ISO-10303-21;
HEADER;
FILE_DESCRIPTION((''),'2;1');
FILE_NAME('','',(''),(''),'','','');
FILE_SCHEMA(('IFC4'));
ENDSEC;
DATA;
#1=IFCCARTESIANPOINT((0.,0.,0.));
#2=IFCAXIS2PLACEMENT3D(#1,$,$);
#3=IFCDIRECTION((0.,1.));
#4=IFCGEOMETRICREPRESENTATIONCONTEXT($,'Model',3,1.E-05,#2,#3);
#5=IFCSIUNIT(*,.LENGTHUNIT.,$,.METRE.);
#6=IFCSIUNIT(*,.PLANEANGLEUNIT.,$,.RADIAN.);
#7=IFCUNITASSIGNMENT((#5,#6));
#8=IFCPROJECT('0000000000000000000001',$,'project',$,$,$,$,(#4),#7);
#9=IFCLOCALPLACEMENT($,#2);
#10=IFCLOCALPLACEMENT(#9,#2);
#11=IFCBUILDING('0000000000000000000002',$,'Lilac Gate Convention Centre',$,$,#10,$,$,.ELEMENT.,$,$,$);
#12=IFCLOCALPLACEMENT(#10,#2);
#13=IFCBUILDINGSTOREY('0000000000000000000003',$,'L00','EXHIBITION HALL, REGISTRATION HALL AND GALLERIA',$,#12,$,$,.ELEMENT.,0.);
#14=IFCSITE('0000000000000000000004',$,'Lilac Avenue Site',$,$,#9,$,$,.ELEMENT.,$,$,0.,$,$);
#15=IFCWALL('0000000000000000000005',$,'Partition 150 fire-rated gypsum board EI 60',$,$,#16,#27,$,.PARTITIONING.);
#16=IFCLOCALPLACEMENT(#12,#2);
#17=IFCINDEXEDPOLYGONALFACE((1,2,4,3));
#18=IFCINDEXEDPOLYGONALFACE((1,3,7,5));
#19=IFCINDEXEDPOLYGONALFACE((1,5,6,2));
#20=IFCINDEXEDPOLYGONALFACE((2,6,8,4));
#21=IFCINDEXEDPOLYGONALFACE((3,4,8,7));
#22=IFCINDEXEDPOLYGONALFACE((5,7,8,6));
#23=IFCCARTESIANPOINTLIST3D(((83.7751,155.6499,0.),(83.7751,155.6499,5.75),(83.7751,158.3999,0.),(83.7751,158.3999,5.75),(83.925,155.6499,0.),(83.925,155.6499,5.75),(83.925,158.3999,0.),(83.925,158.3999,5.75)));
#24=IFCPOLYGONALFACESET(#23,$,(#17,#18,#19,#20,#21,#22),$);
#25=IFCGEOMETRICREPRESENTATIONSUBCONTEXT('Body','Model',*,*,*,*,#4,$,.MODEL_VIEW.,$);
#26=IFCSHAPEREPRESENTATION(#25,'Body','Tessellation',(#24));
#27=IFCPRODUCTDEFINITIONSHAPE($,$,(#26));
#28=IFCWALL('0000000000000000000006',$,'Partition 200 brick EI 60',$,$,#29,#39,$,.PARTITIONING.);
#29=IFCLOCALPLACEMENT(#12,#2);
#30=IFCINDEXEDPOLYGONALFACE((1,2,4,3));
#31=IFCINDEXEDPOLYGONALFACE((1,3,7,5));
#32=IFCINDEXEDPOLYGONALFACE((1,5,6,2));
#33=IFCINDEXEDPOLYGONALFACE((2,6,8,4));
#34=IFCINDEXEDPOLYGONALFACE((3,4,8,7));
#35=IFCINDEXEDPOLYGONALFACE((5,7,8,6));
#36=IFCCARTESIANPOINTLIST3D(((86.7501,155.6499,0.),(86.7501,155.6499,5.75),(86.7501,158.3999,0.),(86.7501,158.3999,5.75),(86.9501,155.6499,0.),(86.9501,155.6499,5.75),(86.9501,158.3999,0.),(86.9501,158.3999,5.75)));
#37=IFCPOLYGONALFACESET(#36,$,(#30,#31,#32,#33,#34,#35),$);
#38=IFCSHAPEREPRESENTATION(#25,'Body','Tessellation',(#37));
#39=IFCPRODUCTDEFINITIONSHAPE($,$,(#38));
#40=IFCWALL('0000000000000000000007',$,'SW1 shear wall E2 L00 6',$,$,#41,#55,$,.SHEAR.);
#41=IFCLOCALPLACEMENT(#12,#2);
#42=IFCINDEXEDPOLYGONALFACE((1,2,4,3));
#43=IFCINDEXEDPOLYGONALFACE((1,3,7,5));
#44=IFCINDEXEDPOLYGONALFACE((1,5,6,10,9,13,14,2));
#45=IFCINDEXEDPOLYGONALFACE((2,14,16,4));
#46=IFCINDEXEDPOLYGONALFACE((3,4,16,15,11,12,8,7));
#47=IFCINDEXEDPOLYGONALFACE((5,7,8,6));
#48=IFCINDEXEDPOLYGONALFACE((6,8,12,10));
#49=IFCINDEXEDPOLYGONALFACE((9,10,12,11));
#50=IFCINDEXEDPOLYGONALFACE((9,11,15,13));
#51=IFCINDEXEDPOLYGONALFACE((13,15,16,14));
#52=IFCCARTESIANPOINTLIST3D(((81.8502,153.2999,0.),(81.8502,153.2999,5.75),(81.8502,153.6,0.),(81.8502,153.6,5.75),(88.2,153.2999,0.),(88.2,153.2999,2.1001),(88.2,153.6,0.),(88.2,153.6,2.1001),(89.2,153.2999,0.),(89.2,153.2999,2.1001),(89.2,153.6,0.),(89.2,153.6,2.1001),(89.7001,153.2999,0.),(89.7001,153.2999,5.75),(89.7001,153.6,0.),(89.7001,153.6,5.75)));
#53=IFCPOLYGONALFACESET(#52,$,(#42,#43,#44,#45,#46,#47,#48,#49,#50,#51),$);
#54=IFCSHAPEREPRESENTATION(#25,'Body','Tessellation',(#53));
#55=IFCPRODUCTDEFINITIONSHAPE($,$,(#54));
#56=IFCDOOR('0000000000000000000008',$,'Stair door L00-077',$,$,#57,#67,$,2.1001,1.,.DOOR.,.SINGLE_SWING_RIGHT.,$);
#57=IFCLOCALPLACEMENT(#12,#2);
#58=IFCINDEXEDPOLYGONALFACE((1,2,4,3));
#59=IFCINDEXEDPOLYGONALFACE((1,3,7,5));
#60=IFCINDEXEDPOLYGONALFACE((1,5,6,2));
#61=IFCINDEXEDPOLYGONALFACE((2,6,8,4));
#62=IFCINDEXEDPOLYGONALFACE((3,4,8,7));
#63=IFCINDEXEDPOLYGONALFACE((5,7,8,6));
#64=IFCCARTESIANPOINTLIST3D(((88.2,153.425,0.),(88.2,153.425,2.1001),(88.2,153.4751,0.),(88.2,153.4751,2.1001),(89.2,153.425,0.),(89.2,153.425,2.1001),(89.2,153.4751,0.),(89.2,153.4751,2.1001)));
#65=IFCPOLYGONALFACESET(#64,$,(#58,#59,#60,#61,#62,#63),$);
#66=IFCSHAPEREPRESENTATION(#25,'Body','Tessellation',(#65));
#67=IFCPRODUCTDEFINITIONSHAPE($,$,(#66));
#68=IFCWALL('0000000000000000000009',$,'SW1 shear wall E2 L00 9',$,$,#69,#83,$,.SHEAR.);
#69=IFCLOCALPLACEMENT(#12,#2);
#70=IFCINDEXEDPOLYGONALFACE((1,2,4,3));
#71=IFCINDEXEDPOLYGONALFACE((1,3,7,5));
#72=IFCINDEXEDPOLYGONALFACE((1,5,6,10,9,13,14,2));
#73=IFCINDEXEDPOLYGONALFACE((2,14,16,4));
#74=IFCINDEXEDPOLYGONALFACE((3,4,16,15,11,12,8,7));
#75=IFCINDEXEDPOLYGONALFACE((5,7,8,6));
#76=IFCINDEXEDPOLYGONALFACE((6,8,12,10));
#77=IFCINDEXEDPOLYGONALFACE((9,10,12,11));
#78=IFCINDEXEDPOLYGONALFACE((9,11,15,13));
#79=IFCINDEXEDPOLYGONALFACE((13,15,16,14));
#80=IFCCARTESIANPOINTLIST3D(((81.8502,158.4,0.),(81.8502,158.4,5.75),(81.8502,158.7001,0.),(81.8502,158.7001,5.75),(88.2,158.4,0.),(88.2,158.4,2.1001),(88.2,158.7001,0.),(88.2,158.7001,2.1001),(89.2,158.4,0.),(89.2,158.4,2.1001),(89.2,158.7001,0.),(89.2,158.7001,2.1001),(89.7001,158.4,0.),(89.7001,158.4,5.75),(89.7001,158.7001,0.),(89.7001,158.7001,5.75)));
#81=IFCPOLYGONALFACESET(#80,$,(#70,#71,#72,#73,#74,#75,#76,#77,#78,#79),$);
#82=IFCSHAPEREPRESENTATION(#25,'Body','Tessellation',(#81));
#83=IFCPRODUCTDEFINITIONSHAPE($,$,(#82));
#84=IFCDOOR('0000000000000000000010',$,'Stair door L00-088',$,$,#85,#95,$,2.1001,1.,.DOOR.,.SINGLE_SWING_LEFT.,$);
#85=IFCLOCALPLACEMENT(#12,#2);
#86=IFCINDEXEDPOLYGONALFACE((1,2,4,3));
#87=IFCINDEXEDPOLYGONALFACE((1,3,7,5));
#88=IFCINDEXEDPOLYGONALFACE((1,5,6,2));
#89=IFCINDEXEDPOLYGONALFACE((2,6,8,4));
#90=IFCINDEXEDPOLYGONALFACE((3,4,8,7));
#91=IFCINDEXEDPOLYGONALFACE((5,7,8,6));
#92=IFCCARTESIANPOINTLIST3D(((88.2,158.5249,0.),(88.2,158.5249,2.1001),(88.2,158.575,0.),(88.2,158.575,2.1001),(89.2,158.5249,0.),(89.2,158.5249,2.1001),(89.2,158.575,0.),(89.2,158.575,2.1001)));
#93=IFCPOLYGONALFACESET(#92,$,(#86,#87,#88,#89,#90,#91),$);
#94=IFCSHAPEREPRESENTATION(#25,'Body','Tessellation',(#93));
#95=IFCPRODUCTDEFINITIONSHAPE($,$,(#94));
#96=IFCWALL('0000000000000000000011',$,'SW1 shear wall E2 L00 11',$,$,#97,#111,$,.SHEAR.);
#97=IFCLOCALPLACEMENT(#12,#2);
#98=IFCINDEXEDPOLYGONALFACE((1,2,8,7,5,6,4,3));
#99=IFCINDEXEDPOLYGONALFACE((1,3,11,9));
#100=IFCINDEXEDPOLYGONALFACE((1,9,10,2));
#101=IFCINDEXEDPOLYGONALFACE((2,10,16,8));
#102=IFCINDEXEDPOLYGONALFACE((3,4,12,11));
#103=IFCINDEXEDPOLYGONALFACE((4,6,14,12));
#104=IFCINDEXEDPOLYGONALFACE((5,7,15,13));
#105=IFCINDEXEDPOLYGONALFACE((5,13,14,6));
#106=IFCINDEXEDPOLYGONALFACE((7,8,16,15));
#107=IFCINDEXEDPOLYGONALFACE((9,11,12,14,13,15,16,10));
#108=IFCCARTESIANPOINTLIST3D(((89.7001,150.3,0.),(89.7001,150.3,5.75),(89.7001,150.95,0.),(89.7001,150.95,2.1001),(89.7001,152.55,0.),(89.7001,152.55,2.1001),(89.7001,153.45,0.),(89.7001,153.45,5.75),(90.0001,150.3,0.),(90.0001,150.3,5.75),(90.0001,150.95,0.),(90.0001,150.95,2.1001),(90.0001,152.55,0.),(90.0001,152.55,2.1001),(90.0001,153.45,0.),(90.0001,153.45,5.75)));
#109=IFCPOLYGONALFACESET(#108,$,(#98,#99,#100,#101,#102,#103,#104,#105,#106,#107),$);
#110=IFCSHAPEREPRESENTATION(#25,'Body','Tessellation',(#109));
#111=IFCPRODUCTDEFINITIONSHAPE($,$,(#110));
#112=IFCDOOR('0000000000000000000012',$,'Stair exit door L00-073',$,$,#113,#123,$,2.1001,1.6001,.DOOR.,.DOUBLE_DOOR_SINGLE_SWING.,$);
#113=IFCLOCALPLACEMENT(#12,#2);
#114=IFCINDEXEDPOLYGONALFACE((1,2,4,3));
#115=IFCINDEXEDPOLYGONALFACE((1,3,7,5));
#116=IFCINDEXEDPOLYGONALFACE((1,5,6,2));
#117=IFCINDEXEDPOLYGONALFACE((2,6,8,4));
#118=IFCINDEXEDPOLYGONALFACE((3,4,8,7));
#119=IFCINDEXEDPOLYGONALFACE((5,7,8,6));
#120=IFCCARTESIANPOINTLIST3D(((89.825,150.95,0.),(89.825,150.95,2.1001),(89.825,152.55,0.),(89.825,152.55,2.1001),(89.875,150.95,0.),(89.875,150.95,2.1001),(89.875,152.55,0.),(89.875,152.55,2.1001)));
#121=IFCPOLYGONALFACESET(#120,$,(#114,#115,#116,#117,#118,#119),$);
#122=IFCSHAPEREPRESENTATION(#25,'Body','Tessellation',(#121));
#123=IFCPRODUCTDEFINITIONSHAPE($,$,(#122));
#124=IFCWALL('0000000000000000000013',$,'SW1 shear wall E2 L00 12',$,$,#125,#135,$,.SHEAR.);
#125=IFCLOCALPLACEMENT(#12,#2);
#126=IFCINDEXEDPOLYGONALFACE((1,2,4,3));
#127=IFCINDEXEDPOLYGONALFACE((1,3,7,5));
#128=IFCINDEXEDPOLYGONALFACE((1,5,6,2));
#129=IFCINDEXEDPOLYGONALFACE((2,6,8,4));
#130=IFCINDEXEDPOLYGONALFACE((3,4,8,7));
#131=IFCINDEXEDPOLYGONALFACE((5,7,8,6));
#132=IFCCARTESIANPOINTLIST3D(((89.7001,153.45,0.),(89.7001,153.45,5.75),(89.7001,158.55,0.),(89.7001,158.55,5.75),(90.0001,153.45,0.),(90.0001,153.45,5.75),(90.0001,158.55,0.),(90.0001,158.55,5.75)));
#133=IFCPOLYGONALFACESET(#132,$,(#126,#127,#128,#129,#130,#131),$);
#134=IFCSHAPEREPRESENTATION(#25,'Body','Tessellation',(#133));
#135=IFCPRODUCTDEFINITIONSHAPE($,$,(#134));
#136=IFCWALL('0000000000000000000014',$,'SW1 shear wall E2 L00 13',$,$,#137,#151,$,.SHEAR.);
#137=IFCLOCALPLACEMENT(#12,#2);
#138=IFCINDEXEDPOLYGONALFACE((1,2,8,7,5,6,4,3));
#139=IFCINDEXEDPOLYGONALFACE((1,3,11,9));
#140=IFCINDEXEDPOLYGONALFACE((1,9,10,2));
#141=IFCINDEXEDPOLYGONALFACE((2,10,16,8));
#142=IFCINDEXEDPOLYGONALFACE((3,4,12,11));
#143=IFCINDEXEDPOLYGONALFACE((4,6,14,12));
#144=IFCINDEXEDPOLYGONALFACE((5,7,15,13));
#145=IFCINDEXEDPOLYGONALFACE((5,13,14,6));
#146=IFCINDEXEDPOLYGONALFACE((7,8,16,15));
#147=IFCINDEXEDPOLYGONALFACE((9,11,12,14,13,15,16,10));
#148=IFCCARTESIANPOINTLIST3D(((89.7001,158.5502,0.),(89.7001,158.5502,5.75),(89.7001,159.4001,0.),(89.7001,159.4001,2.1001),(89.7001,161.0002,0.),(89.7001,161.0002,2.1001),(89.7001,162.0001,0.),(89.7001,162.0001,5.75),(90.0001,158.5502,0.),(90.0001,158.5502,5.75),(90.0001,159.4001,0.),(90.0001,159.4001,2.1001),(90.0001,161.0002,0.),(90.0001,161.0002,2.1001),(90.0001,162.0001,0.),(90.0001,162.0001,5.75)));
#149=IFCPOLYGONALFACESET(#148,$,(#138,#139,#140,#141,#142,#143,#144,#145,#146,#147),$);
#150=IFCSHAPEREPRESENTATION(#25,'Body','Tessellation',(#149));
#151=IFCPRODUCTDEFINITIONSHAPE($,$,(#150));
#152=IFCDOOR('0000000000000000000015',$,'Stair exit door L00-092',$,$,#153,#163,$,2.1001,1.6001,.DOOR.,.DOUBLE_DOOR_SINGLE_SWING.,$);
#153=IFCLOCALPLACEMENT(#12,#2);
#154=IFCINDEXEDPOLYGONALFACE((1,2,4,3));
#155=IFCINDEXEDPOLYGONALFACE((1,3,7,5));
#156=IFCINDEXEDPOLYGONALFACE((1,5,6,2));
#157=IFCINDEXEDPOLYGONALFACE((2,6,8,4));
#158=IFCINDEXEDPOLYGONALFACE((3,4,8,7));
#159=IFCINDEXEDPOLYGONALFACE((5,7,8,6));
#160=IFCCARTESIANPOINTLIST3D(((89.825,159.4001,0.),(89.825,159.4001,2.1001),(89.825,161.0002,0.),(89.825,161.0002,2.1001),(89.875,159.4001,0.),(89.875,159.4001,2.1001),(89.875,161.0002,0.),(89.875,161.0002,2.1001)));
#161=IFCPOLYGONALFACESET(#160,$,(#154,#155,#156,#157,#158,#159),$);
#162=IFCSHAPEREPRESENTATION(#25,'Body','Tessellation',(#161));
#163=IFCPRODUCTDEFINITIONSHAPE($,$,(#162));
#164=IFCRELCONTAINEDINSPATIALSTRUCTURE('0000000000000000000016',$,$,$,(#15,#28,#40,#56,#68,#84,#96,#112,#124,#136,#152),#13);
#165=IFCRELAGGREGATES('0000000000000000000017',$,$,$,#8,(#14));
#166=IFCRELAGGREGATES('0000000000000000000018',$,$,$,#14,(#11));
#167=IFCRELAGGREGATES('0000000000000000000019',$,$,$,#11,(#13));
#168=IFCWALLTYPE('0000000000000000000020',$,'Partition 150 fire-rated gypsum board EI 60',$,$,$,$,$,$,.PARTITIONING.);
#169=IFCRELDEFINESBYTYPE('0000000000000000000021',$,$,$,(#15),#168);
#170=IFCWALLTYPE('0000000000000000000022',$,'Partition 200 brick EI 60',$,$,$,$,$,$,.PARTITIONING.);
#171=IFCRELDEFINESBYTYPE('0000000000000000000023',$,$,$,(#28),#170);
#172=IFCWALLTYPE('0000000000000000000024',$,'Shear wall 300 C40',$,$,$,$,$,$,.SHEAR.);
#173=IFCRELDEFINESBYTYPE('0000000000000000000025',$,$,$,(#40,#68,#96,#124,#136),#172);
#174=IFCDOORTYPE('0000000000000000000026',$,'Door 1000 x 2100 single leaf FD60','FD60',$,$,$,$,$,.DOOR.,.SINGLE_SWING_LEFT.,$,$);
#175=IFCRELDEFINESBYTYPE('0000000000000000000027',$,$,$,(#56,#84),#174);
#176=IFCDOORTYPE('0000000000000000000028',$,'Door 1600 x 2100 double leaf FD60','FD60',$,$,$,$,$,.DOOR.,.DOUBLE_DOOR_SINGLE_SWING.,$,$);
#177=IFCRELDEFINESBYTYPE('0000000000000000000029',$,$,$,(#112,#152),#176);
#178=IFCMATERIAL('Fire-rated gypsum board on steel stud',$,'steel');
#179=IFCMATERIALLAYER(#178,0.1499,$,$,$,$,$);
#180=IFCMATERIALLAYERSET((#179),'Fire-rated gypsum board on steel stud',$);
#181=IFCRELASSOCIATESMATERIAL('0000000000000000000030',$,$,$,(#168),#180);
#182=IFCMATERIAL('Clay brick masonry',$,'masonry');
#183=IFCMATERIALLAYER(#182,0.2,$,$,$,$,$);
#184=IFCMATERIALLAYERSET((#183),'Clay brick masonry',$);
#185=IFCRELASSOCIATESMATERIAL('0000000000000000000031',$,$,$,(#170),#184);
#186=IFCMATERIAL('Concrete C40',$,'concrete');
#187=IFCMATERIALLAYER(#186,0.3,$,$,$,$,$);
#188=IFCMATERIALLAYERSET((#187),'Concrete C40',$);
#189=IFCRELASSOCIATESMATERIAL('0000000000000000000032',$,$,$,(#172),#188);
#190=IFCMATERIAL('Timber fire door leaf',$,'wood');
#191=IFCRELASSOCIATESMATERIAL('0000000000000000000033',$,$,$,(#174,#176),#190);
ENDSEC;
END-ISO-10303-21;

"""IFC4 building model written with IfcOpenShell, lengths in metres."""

from ifc_helpers import new_model, si_unit, direction, frame, frame_2d, origin, place, context, subcontext, project, spatial, rectangle, extrude, material, layer, layer_set, type_object, element, fill, save


model = new_model("IFC4")

# Units and contexts
model_context = context("Model", 3, precision=1e-05, world=origin(), true_north=direction((0.0, 1.0)))
body_context = subcontext(model_context, "Body", "Model", "MODEL_VIEW")
ifc_project = project(units=[si_unit("LENGTHUNIT", "METRE"), si_unit("PLANEANGLEUNIT", "RADIAN")], contexts=[model_context])

# Site, building, storey
site_placement = place(None, origin())
site = spatial("IfcSite", under=ifc_project, at=site_placement, Name="Lilac Avenue Site", CompositionType="ELEMENT", RefElevation=0.0)
building_placement = place(site_placement, origin())
building = spatial("IfcBuilding", under=site, at=building_placement, Name="Lilac Gate Convention Centre", CompositionType="ELEMENT")
storey_placement = place(building_placement, origin())
storey = spatial("IfcBuildingStorey", under=building, at=storey_placement, Name="L00", Description="EXHIBITION HALL, REGISTRATION HALL AND GALLERIA", CompositionType="ELEMENT", Elevation=0.0)

# Walls
ifc_material_1 = material(Name="Fire-rated gypsum board on steel stud", Category="steel")
ifc_layer_1 = layer(ifc_material_1, 0.1499)
ifc_layer_set_1 = layer_set([ifc_layer_1], Name="Fire-rated gypsum board on steel stud")
wall_type_1 = type_object("IfcWallType", Name="Partition 150 fire-rated gypsum board EI 60", PredefinedType="PARTITIONING", material=ifc_layer_set_1)
wall_1_placement = place(storey_placement, frame((83.8501, 155.6499, 0.0), z_axis=(0.0, 0.0, 1.0), x_axis=(0.0, 1.0, 0.0)))
element("IfcWall", 1, at=wall_1_placement, inside=storey, type_object=wall_type_1, Name="Partition 150 fire-rated gypsum board EI 60", PredefinedType="PARTITIONING", context=body_context, shape_type="SweptSolid", body=[
    extrude(rectangle(XDim=2.75, YDim=0.1499, at=frame_2d((1.375, 0.0))), origin(), (0.0, 0.0, 1.0), 5.75),
])
ifc_material_2 = material(Name="Clay brick masonry", Category="masonry")
ifc_layer_2 = layer(ifc_material_2, 0.2)
ifc_layer_set_2 = layer_set([ifc_layer_2], Name="Clay brick masonry")
wall_type_2 = type_object("IfcWallType", Name="Partition 200 brick EI 60", PredefinedType="PARTITIONING", material=ifc_layer_set_2)
wall_2_placement = place(storey_placement, frame((86.8501, 155.6499, 0.0), z_axis=(0.0, 0.0, 1.0), x_axis=(0.0, 1.0, 0.0)))
element("IfcWall", 2, at=wall_2_placement, inside=storey, type_object=wall_type_2, Name="Partition 200 brick EI 60", PredefinedType="PARTITIONING", context=body_context, shape_type="SweptSolid", body=[
    extrude(rectangle(XDim=2.75, YDim=0.2, at=frame_2d((1.375, 0.0))), origin(), (0.0, 0.0, 1.0), 5.75),
])

# Walls, openings, doors
ifc_material_3 = material(Name="Concrete C40", Category="concrete")
ifc_layer_3 = layer(ifc_material_3, 0.3)
ifc_layer_set_3 = layer_set([ifc_layer_3], Name="Concrete C40")
wall_type_3 = type_object("IfcWallType", Name="Shear wall 300 C40", PredefinedType="SHEAR", material=ifc_layer_set_3)
wall_3_placement = place(storey_placement, frame((89.7, 153.45, 0.0), z_axis=(0.0, 0.0, 1.0), x_axis=(-1.0, 0.0, 0.0)))
wall_3 = element("IfcWall", 3, at=wall_3_placement, inside=storey, type_object=wall_type_3, Name="SW1 shear wall E2 L00 6", PredefinedType="SHEAR", context=body_context, shape_type="SweptSolid", body=[
    extrude(rectangle(XDim=7.8499, YDim=0.3, at=frame_2d((3.9248, 0.0))), origin(), (0.0, 0.0, 1.0), 5.75),
])
opening_1_placement = place(wall_3_placement, frame((0.5, 0.0, 0.0)))
opening_1 = element("IfcOpeningElement", 4, at=opening_1_placement, cuts=wall_3, PredefinedType="OPENING", context=body_context, shape_type="SweptSolid", body=[
    extrude(rectangle(XDim=1.0, YDim=2.1001, at=frame_2d((0.5, 1.05))), frame((0.0, 0.1599, 0.0), z_axis=(0.0, -1.0, 0.0), x_axis=(1.0, 0.0, 0.0)), (0.0, 0.0, 1.0), 0.3201),
])
ifc_material_4 = material(Name="Timber fire door leaf", Category="wood")
door_type_1 = type_object("IfcDoorType", Name="Door 1000 x 2100 single leaf FD60", Description="FD60", OperationType="SINGLE_SWING_LEFT", PredefinedType="DOOR", material=ifc_material_4)
door_1_placement = place(opening_1_placement, origin())
door_1 = element("IfcDoor", 5, at=door_1_placement, inside=storey, type_object=door_type_1, Name="Stair door L00-077", OperationType="SINGLE_SWING_RIGHT", OverallHeight=2.1001, OverallWidth=1.0, PredefinedType="DOOR", context=body_context, shape_type="SweptSolid", body=[
    extrude(rectangle(XDim=1.0, YDim=2.1001, at=frame_2d((0.5, 1.05))), frame((0.0, 0.0249, 0.0), z_axis=(0.0, -1.0, 0.0), x_axis=(1.0, 0.0, 0.0)), (0.0, 0.0, 1.0), 0.05),
])
fill(opening_1, door_1)
wall_4_placement = place(storey_placement, frame((89.7, 158.55, 0.0), z_axis=(0.0, 0.0, 1.0), x_axis=(-1.0, 0.0, 0.0)))
wall_4 = element("IfcWall", 6, at=wall_4_placement, inside=storey, type_object=wall_type_3, Name="SW1 shear wall E2 L00 9", PredefinedType="SHEAR", context=body_context, shape_type="SweptSolid", body=[
    extrude(rectangle(XDim=7.8499, YDim=0.3, at=frame_2d((3.9248, 0.0))), origin(), (0.0, 0.0, 1.0), 5.75),
])
opening_2_placement = place(wall_4_placement, frame((0.5, 0.0, 0.0)))
opening_2 = element("IfcOpeningElement", 7, at=opening_2_placement, cuts=wall_4, PredefinedType="OPENING", context=body_context, shape_type="SweptSolid", body=[
    extrude(rectangle(XDim=1.0, YDim=2.1001, at=frame_2d((0.5, 1.05))), frame((0.0, 0.1599, 0.0), z_axis=(0.0, -1.0, 0.0), x_axis=(1.0, 0.0, 0.0)), (0.0, 0.0, 1.0), 0.3201),
])
door_2_placement = place(opening_2_placement, frame((1.0, 0.0, 0.0), z_axis=(0.0, 0.0, 1.0), x_axis=(-1.0, 0.0, 0.0)))
door_2 = element("IfcDoor", 8, at=door_2_placement, inside=storey, type_object=door_type_1, Name="Stair door L00-088", OperationType="SINGLE_SWING_LEFT", OverallHeight=2.1001, OverallWidth=1.0, PredefinedType="DOOR", context=body_context, shape_type="SweptSolid", body=[
    extrude(rectangle(XDim=1.0, YDim=2.1001, at=frame_2d((0.5, 1.05))), frame((0.0, 0.0249, 0.0), z_axis=(0.0, -1.0, 0.0), x_axis=(1.0, 0.0, 0.0)), (0.0, 0.0, 1.0), 0.05),
])
fill(opening_2, door_2)
wall_5_placement = place(storey_placement, frame((89.8501, 150.3, 0.0), z_axis=(0.0, 0.0, 1.0), x_axis=(0.0, 1.0, 0.0)))
wall_5 = element("IfcWall", 9, at=wall_5_placement, inside=storey, type_object=wall_type_3, Name="SW1 shear wall E2 L00 11", PredefinedType="SHEAR", context=body_context, shape_type="SweptSolid", body=[
    extrude(rectangle(XDim=3.1499, YDim=0.3, at=frame_2d((1.575, 0.0))), origin(), (0.0, 0.0, 1.0), 5.75),
])
opening_3_placement = place(wall_5_placement, frame((0.6499, 0.0, 0.0)))
opening_3 = element("IfcOpeningElement", 10, at=opening_3_placement, cuts=wall_5, PredefinedType="OPENING", context=body_context, shape_type="SweptSolid", body=[
    extrude(rectangle(XDim=1.6001, YDim=2.1001, at=frame_2d((0.8, 1.05))), frame((0.0, 0.1599, 0.0), z_axis=(0.0, -1.0, 0.0), x_axis=(1.0, 0.0, 0.0)), (0.0, 0.0, 1.0), 0.3201),
])
door_type_2 = type_object("IfcDoorType", Name="Door 1600 x 2100 double leaf FD60", Description="FD60", OperationType="DOUBLE_DOOR_SINGLE_SWING", PredefinedType="DOOR", material=ifc_material_4)
door_3_placement = place(opening_3_placement, frame((1.6001, 0.0, 0.0), z_axis=(0.0, 0.0, 1.0), x_axis=(-1.0, 0.0, 0.0)))
door_3 = element("IfcDoor", 11, at=door_3_placement, inside=storey, type_object=door_type_2, Name="Stair exit door L00-073", OperationType="DOUBLE_DOOR_SINGLE_SWING", OverallHeight=2.1001, OverallWidth=1.6001, PredefinedType="DOOR", context=body_context, shape_type="SweptSolid", body=[
    extrude(rectangle(XDim=1.6001, YDim=2.1001, at=frame_2d((0.8, 1.05))), frame((0.0, 0.0249, 0.0), z_axis=(0.0, -1.0, 0.0), x_axis=(1.0, 0.0, 0.0)), (0.0, 0.0, 1.0), 0.05),
])
fill(opening_3, door_3)

# Wall
wall_6_placement = place(storey_placement, frame((89.8501, 153.45, 0.0), z_axis=(0.0, 0.0, 1.0), x_axis=(0.0, 1.0, 0.0)))
element("IfcWall", 12, at=wall_6_placement, inside=storey, type_object=wall_type_3, Name="SW1 shear wall E2 L00 12", PredefinedType="SHEAR", context=body_context, shape_type="SweptSolid", body=[
    extrude(rectangle(XDim=5.1001, YDim=0.3, at=frame_2d((2.55, 0.0))), origin(), (0.0, 0.0, 1.0), 5.75),
])

# Wall, opening, door
wall_7_placement = place(storey_placement, frame((89.8501, 158.55, 0.0), z_axis=(0.0, 0.0, 1.0), x_axis=(0.0, 1.0, 0.0)))
wall_7 = element("IfcWall", 13, at=wall_7_placement, inside=storey, type_object=wall_type_3, Name="SW1 shear wall E2 L00 13", PredefinedType="SHEAR", context=body_context, shape_type="SweptSolid", body=[
    extrude(rectangle(XDim=3.45, YDim=0.3, at=frame_2d((1.7251, 0.0))), origin(), (0.0, 0.0, 1.0), 5.75),
])
opening_4_placement = place(wall_7_placement, frame((0.8501, 0.0, 0.0)))
opening_4 = element("IfcOpeningElement", 14, at=opening_4_placement, cuts=wall_7, PredefinedType="OPENING", context=body_context, shape_type="SweptSolid", body=[
    extrude(rectangle(XDim=1.6001, YDim=2.1001, at=frame_2d((0.8, 1.05))), frame((0.0, 0.1599, 0.0), z_axis=(0.0, -1.0, 0.0), x_axis=(1.0, 0.0, 0.0)), (0.0, 0.0, 1.0), 0.3201),
])
door_4_placement = place(opening_4_placement, frame((1.6001, 0.0, 0.0), z_axis=(0.0, 0.0, 1.0), x_axis=(-1.0, 0.0, 0.0)))
door_4 = element("IfcDoor", 15, at=door_4_placement, inside=storey, type_object=door_type_2, Name="Stair exit door L00-092", OperationType="DOUBLE_DOOR_SINGLE_SWING", OverallHeight=2.1001, OverallWidth=1.6001, PredefinedType="DOOR", context=body_context, shape_type="SweptSolid", body=[
    extrude(rectangle(XDim=1.6001, YDim=2.1001, at=frame_2d((0.8, 1.05))), frame((0.0, 0.0249, 0.0), z_axis=(0.0, -1.0, 0.0), x_axis=(1.0, 0.0, 0.0)), (0.0, 0.0, 1.0), 0.05),
])
fill(opening_4, door_4)

save(model, "model.ifc")
